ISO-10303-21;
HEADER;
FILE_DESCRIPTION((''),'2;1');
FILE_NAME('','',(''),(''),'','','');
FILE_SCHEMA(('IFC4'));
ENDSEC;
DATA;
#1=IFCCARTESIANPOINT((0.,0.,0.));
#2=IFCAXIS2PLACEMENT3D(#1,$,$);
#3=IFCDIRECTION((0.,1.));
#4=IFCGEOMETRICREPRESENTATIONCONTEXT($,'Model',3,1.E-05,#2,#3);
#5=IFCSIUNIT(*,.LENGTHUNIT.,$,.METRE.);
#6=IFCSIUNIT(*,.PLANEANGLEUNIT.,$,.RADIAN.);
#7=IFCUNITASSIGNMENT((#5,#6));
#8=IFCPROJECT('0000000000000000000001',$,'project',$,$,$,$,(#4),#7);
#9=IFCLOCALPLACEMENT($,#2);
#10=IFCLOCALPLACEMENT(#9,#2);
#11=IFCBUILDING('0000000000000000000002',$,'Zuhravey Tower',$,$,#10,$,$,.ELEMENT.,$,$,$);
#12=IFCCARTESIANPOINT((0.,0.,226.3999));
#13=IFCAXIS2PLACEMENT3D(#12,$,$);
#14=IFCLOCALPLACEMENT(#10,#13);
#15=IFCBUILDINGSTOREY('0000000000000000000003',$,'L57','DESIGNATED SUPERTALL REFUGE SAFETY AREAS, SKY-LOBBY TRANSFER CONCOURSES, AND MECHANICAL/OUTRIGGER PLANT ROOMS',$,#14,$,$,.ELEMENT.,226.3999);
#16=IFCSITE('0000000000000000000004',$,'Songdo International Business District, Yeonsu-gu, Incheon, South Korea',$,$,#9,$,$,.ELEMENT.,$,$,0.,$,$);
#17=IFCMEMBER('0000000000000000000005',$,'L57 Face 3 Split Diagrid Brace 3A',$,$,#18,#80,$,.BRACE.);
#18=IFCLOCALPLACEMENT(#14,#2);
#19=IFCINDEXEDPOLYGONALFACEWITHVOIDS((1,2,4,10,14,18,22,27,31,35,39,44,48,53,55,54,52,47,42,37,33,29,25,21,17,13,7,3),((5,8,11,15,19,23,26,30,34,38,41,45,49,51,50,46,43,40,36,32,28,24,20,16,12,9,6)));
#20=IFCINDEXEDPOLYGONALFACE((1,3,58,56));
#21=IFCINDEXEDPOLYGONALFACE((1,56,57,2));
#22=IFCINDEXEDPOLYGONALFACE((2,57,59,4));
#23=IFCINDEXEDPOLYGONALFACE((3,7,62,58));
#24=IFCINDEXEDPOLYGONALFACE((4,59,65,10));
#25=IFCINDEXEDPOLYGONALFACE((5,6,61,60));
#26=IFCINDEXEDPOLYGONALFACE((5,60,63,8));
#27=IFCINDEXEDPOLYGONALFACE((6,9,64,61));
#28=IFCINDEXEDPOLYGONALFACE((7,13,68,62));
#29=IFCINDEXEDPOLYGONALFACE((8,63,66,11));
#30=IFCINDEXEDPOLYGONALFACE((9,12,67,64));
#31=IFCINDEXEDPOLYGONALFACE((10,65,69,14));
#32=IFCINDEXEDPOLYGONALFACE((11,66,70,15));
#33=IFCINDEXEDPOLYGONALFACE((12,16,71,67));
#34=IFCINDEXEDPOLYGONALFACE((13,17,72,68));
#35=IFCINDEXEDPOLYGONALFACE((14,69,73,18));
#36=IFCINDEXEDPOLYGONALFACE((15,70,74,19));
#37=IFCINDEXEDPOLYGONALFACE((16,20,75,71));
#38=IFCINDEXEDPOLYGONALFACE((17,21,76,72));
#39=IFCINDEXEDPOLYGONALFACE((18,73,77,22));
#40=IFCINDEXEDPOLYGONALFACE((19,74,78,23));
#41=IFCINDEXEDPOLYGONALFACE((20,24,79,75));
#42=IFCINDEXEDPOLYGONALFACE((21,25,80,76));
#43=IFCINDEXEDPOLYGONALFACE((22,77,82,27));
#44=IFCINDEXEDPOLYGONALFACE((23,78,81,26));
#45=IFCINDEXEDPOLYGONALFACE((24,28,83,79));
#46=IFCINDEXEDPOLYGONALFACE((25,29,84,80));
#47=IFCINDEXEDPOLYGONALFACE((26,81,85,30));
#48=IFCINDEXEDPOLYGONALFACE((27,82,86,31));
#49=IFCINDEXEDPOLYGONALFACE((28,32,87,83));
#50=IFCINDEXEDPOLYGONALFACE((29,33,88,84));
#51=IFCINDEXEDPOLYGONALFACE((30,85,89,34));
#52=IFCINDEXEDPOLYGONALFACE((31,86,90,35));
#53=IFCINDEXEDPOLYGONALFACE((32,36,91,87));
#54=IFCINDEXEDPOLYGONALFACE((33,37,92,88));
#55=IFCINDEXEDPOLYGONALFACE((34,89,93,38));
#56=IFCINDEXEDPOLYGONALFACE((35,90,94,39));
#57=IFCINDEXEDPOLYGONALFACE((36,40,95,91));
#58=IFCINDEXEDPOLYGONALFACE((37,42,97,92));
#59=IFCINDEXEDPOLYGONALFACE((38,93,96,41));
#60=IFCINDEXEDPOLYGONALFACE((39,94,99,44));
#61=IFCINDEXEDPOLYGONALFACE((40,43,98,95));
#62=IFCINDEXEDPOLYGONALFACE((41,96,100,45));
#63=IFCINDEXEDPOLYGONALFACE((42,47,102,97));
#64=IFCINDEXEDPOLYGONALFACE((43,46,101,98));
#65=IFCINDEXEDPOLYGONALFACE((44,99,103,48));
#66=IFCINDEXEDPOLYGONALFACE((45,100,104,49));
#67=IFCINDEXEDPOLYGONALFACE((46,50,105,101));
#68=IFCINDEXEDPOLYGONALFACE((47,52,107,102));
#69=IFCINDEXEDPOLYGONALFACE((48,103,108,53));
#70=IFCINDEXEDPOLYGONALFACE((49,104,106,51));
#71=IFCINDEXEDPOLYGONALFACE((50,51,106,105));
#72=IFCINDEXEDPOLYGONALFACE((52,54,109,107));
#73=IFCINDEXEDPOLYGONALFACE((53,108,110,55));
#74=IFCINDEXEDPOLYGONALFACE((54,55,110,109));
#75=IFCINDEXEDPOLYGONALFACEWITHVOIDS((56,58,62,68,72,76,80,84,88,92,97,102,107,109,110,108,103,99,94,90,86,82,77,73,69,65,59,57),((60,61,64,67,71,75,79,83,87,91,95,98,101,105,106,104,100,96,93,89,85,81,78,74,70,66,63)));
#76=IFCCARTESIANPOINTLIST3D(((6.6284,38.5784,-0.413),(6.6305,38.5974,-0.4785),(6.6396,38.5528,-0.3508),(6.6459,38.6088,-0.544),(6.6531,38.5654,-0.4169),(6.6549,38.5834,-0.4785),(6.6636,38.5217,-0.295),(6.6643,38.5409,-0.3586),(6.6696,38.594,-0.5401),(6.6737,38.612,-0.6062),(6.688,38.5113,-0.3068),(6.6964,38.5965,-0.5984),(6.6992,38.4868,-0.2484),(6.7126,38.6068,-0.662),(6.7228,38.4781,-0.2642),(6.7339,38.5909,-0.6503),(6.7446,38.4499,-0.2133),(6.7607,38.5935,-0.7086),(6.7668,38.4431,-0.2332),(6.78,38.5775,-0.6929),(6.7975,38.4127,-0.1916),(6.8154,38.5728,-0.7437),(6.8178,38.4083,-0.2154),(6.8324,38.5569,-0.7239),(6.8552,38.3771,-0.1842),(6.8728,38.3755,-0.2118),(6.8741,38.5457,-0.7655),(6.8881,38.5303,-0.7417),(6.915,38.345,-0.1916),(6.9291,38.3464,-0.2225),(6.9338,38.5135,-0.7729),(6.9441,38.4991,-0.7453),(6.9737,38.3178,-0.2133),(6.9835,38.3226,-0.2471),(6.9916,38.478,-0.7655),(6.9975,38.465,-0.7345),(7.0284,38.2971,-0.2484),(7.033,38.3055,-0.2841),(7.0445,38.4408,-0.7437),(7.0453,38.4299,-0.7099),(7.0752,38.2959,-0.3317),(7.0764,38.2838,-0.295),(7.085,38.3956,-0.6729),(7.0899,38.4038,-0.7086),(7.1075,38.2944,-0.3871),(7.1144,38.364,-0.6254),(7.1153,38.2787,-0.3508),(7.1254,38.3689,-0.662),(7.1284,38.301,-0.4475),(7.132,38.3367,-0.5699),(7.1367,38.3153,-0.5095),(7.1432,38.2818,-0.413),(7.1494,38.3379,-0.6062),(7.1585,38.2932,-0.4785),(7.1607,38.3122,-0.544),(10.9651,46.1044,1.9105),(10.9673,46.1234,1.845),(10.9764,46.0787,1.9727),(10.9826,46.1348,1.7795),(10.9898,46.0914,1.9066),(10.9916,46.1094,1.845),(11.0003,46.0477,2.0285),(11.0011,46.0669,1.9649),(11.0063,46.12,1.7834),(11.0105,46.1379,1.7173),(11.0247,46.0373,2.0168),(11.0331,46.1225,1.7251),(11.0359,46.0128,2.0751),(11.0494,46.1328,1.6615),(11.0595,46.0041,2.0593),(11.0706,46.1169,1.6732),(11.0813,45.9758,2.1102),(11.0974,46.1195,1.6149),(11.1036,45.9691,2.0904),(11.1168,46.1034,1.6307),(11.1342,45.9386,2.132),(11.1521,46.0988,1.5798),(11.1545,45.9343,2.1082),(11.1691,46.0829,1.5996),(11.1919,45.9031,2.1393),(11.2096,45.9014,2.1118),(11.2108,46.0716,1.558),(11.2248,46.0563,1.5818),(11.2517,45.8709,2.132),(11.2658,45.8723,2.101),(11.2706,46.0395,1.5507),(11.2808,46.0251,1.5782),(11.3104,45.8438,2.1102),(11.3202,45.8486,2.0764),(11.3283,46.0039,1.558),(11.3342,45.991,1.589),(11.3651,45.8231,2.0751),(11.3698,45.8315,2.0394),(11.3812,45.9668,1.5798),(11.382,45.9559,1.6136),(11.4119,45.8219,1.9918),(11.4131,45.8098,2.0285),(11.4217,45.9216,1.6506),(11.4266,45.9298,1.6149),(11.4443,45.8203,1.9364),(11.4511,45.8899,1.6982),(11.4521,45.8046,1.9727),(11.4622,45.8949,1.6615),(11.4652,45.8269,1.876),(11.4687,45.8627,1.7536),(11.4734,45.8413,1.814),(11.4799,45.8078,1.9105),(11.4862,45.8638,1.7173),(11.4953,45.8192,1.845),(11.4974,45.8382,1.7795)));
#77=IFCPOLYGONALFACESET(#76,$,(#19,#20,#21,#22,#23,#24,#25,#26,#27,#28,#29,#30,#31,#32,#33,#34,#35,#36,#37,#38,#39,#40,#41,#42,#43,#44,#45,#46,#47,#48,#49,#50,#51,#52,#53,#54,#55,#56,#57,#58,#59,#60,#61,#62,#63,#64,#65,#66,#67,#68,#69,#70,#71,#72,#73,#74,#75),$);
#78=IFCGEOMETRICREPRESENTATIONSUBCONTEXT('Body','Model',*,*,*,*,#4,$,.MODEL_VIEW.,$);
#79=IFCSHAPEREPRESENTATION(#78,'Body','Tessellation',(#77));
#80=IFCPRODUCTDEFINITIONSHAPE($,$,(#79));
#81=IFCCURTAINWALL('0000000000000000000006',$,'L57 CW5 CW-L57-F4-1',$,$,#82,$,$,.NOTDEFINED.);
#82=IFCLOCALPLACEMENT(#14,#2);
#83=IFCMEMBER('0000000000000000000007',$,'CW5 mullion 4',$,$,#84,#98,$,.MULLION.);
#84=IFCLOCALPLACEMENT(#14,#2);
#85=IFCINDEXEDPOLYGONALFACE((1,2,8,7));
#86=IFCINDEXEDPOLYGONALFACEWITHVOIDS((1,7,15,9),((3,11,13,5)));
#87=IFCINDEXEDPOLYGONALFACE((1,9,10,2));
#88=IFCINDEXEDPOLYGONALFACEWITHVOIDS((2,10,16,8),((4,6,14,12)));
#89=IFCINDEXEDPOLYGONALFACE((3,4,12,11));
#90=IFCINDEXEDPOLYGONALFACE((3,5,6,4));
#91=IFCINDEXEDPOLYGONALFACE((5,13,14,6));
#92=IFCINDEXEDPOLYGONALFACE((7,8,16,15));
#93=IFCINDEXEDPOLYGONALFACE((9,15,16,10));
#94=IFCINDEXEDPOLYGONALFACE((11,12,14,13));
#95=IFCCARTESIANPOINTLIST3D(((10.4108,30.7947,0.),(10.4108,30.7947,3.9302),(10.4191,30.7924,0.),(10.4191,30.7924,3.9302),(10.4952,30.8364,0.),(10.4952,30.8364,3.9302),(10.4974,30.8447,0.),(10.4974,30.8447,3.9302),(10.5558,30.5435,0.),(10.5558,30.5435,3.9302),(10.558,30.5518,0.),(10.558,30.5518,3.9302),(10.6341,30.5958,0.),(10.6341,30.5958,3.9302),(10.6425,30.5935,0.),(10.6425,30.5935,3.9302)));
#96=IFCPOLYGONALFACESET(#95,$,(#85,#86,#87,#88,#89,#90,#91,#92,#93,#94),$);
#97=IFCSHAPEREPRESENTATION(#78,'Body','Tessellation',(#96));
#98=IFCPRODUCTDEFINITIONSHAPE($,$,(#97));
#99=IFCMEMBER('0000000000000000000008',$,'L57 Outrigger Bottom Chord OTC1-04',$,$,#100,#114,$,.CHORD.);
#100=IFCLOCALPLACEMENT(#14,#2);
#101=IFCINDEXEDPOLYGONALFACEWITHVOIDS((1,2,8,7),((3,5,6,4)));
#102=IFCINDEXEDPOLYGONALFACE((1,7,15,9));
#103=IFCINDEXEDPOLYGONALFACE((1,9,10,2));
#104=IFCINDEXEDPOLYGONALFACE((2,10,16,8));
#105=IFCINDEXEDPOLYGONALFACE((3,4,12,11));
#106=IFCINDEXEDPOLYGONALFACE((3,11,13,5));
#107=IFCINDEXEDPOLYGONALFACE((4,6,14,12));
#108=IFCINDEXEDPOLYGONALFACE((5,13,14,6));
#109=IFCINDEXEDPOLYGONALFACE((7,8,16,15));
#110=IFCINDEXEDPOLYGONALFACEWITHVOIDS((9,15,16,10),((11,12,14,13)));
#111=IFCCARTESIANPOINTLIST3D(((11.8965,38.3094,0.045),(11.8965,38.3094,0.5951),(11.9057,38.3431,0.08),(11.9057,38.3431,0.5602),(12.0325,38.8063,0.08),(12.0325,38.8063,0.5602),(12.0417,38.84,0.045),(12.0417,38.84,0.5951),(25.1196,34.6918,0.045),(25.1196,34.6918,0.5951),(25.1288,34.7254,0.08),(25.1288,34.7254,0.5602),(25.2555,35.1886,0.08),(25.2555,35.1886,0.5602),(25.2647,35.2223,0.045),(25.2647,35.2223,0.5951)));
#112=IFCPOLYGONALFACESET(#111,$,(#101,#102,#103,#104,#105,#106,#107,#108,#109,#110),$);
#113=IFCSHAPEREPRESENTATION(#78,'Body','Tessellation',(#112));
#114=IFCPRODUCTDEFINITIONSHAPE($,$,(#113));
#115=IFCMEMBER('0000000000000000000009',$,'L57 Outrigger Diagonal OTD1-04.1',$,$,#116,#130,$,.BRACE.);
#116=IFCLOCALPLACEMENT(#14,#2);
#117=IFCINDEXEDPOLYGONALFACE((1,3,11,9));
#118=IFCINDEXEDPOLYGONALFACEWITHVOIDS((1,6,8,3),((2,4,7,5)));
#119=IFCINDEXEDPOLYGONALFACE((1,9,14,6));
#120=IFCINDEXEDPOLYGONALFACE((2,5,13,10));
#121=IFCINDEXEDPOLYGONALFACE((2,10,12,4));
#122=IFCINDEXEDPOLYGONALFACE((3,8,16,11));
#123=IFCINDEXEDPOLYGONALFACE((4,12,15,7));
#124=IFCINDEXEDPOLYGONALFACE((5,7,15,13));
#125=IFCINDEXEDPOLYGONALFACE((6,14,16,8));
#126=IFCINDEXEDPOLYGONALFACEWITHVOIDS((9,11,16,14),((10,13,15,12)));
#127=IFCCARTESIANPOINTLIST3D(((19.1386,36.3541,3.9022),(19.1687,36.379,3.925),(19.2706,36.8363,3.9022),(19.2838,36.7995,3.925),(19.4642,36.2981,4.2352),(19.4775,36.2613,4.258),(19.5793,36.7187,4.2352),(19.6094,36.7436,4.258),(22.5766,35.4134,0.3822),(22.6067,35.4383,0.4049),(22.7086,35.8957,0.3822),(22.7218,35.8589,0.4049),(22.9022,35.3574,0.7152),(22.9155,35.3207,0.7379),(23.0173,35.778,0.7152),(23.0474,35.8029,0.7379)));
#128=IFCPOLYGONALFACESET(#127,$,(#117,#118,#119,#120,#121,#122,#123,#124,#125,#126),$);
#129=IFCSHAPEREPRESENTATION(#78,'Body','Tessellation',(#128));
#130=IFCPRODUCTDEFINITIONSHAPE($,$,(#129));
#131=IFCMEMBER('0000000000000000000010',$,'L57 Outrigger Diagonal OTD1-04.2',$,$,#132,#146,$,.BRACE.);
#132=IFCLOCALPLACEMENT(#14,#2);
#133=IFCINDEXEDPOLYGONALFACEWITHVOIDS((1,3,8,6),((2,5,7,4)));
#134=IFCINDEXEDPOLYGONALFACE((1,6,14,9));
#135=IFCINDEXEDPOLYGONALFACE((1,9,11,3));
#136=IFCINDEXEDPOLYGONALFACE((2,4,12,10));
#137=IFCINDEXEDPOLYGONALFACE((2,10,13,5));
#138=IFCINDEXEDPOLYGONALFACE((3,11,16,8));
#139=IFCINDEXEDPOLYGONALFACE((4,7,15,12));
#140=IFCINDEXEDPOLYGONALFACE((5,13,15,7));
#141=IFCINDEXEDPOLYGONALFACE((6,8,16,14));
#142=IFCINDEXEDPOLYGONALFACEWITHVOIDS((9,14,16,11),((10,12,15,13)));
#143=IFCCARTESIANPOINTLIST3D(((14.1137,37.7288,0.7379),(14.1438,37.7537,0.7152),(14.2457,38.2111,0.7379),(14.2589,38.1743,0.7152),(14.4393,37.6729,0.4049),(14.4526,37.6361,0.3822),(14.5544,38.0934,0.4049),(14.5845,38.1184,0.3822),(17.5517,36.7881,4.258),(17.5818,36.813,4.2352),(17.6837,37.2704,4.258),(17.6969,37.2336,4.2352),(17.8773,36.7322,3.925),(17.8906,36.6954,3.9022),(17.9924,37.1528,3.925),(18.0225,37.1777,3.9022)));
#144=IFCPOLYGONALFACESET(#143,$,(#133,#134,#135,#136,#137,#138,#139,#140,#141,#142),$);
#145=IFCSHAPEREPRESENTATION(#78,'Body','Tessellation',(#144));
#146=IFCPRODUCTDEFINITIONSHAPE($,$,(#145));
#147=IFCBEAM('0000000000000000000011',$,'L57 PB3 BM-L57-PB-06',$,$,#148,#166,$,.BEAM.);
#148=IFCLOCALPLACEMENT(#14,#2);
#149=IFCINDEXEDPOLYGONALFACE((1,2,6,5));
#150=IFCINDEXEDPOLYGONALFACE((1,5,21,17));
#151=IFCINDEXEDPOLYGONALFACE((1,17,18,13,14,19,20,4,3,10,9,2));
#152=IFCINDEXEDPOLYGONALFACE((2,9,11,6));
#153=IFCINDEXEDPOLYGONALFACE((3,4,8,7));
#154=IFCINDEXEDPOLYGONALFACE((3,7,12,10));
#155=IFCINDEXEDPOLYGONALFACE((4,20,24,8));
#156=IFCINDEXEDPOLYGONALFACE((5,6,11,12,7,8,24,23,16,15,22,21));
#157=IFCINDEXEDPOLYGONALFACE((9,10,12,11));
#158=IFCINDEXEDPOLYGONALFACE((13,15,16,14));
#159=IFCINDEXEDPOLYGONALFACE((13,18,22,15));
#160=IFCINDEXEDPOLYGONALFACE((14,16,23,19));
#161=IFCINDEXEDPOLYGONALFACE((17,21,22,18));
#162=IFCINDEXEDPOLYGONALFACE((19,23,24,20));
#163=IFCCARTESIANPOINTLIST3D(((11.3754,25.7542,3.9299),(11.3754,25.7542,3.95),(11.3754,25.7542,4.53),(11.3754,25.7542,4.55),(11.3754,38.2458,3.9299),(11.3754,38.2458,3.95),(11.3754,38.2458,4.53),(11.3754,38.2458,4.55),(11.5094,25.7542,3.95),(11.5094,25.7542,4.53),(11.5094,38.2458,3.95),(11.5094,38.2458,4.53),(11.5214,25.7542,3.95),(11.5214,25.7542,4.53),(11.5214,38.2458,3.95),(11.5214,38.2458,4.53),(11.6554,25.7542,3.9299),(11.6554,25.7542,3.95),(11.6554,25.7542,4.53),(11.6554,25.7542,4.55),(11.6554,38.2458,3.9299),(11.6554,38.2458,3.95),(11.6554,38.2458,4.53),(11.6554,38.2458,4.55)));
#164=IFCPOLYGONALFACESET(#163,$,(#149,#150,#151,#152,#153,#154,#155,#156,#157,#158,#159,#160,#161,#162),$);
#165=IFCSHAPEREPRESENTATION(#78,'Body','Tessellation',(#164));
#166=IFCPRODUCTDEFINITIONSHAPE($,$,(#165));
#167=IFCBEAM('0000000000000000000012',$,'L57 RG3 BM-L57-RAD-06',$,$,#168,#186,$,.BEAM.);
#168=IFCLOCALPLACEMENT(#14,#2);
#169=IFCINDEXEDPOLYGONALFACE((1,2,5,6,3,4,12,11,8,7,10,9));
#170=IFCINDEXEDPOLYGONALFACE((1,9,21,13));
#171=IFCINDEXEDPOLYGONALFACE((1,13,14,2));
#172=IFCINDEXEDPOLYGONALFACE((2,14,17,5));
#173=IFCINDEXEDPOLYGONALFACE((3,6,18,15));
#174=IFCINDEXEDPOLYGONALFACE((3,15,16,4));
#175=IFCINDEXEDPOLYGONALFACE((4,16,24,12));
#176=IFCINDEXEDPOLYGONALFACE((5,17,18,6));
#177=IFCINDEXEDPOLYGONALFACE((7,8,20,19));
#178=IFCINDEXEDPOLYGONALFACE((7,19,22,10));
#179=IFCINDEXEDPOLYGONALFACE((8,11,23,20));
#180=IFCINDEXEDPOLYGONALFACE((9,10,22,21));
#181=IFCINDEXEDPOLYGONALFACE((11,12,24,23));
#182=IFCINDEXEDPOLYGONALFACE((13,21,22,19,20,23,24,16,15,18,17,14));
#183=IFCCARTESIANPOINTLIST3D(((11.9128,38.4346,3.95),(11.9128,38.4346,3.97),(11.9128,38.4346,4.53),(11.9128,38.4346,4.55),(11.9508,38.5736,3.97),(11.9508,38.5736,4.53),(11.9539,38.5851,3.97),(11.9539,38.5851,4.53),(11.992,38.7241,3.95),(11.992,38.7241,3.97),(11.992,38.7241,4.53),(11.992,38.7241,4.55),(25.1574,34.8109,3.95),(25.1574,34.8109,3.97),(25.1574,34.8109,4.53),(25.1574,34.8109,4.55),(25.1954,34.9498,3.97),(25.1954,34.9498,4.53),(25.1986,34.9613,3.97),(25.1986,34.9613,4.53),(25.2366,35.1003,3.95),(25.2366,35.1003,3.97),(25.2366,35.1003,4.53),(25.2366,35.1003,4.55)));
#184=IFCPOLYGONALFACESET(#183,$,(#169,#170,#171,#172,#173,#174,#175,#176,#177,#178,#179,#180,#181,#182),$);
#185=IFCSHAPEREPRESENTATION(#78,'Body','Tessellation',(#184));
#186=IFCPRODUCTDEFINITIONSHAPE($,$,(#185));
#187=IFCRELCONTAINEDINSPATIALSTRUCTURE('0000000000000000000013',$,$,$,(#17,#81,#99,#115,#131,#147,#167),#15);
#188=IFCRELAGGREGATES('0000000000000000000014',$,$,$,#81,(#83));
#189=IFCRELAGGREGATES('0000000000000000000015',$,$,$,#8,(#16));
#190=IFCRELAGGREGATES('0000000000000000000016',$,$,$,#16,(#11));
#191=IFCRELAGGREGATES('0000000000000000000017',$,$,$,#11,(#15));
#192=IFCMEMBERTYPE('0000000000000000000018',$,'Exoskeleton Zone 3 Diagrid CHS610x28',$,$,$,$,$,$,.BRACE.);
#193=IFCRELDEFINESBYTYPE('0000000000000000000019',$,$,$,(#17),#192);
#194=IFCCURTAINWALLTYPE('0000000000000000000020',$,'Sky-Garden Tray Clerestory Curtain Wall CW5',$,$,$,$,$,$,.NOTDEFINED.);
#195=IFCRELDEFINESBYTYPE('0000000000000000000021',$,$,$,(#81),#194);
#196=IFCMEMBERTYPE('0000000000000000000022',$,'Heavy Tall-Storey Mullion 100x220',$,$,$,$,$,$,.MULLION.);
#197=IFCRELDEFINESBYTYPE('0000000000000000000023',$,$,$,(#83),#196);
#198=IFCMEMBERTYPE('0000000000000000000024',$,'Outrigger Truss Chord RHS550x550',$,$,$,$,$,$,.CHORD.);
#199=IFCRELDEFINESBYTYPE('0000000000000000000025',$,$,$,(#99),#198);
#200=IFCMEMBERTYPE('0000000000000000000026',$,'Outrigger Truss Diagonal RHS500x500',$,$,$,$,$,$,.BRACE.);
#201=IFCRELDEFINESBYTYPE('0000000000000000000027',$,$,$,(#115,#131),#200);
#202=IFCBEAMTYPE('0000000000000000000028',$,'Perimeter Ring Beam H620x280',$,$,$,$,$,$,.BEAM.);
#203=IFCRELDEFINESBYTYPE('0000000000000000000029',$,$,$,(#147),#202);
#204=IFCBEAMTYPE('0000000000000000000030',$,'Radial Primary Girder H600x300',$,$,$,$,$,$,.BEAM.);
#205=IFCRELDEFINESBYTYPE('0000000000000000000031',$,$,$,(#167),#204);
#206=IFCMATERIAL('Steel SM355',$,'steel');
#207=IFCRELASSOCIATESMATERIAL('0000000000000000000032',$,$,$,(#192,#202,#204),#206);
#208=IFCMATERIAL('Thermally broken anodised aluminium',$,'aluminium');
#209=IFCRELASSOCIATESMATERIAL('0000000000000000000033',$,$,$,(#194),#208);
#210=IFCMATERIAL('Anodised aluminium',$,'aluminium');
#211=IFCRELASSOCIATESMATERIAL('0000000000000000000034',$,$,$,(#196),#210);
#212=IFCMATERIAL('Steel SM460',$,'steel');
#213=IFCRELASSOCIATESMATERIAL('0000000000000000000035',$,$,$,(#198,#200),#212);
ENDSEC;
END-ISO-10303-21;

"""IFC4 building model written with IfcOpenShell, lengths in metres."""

from ifc_helpers import new_model, si_unit, direction, frame, origin, origin_2d, place, context, subcontext, project, spatial, hollow_rectangle, hollow_circle, i_section, extrude, material, material_profile, profile_set, type_object, element, aggregate, save


model = new_model("IFC4")

# Units and contexts
model_context = context("Model", 3, precision=1e-05, world=origin(), true_north=direction((0.0, 1.0)))
body_context = subcontext(model_context, "Body", "Model", "MODEL_VIEW")
ifc_project = project(units=[si_unit("LENGTHUNIT", "METRE"), si_unit("PLANEANGLEUNIT", "RADIAN")], contexts=[model_context])

# Site, building, storey
site_placement = place(None, origin())
site = spatial("IfcSite", under=ifc_project, at=site_placement, Name="Songdo International Business District, Yeonsu-gu, Incheon, South Korea", CompositionType="ELEMENT", RefElevation=0.0)
building_placement = place(site_placement, origin())
building = spatial("IfcBuilding", under=site, at=building_placement, Name="Zuhravey Tower", CompositionType="ELEMENT")
storey_placement = place(building_placement, frame((0.0, 0.0, 226.3999)))
storey = spatial("IfcBuildingStorey", under=building, at=storey_placement, Name="L57", Description="DESIGNATED SUPERTALL REFUGE SAFETY AREAS, SKY-LOBBY TRANSFER CONCOURSES, AND MECHANICAL/OUTRIGGER PLANT ROOMS", CompositionType="ELEMENT", Elevation=226.3999)

# Shared definitions
ifc_material_1 = material(Name="Steel SM355", Category="steel")

# Shared definitions
ifc_material_2 = material(Name="Steel SM460", Category="steel")

# Member
ifc_material_profile_1 = material_profile(ifc_material_1, hollow_circle(Radius=0.3047, WallThickness=0.0281, at=origin_2d()), Name="CHS-609.6x28")
ifc_profile_set_1 = profile_set([ifc_material_profile_1], Name="Steel SM355")
member_type_1 = type_object("IfcMemberType", Name="Exoskeleton Zone 3 Diagrid CHS610x28", PredefinedType="BRACE", material=ifc_profile_set_1)
member_1_placement = place(storey_placement, frame((6.8945, 38.4453, -0.4785), z_axis=(0.482316, 0.837014, 0.258414), x_axis=(-0.866444, 0.499275, 0.0)))
element("IfcMember", 1, at=member_1_placement, inside=storey, type_object=member_type_1, Name="L57 Face 3 Split Diagrid Brace 3A", PredefinedType="BRACE", context=body_context, shape_type="SweptSolid", body=[
    extrude(hollow_circle(Radius=0.3047, WallThickness=0.0281, at=origin_2d()), origin(), (0.0, 0.0, 1.0), 8.9915),
])

# Curtain wall, member
ifc_material_3 = material(Name="Thermally broken anodised aluminium", Category="aluminium")
curtain_wall_type = type_object("IfcCurtainWallType", Name="Sky-Garden Tray Clerestory Curtain Wall CW5", PredefinedType="NOTDEFINED", material=ifc_material_3)
curtain_wall_placement = place(storey_placement, origin())
curtain_wall = element("IfcCurtainWall", 2, at=curtain_wall_placement, inside=storey, type_object=curtain_wall_type, Name="L57 CW5 CW-L57-F4-1", PredefinedType="NOTDEFINED")
ifc_material_4 = material(Name="Anodised aluminium", Category="aluminium")
ifc_material_profile_2 = material_profile(ifc_material_4, hollow_rectangle(XDim=0.1001, YDim=0.29, WallThickness=0.0061, at=origin_2d()), Name="ALU-RHS-100x290x6")
ifc_profile_set_2 = profile_set([ifc_material_profile_2], Name="Anodised aluminium")
member_type_2 = type_object("IfcMemberType", Name="Heavy Tall-Storey Mullion 100x220", PredefinedType="MULLION", material=ifc_profile_set_2)
member_2_placement = place(storey_placement, frame((10.5266, 30.6941, 0.0), z_axis=(0.0, 0.0, 1.0), x_axis=(-0.866025, -0.5, 0.0)))
member_2 = element("IfcMember", 3, at=member_2_placement, type_object=member_type_2, Name="CW5 mullion 4", PredefinedType="MULLION", context=body_context, shape_type="SweptSolid", body=[
    extrude(hollow_rectangle(XDim=0.1001, YDim=0.29, WallThickness=0.0061, at=origin_2d()), origin(), (0.0, 0.0, 1.0), 3.9302),
])
aggregate(curtain_wall, [member_2])

# Members
ifc_material_profile_3 = material_profile(ifc_material_2, hollow_rectangle(XDim=0.55, YDim=0.55, WallThickness=0.0349, at=origin_2d()), Name="RHS-550x550x35")
ifc_profile_set_3 = profile_set([ifc_material_profile_3], Name="Steel SM460")
member_type_3 = type_object("IfcMemberType", Name="Outrigger Truss Chord RHS550x550", PredefinedType="CHORD", material=ifc_profile_set_3)
member_3_placement = place(storey_placement, frame((25.1921, 34.957, 0.3201), z_axis=(-0.964553, 0.263889, 0.0), x_axis=(-0.263889, -0.964553, 0.0)))
element("IfcMember", 4, at=member_3_placement, inside=storey, type_object=member_type_3, Name="L57 Outrigger Bottom Chord OTC1-04", PredefinedType="CHORD", context=body_context, shape_type="SweptSolid", body=[
    extrude(hollow_rectangle(XDim=0.55, YDim=0.55, WallThickness=0.0349, at=origin_2d()), origin(), (0.0, 0.0, 1.0), 13.709),
])
ifc_material_profile_4 = material_profile(ifc_material_2, hollow_rectangle(XDim=0.5, YDim=0.5, WallThickness=0.032, at=origin_2d()), Name="RHS-500x500x32")
ifc_profile_set_4 = profile_set([ifc_material_profile_4], Name="Steel SM460")
member_type_4 = type_object("IfcMemberType", Name="Outrigger Truss Diagonal RHS500x500", PredefinedType="BRACE", material=ifc_profile_set_4)
for number, where, z_axis, x_axis, name in (
    (5, (22.812, 35.6082, 0.5601), (-0.686293, 0.187778, 0.702668), (-0.263911, -0.964547, 0.0), "L57 Outrigger Diagonal OTD1-04.1"),
    (6, (14.3491, 37.9236, 0.5601), (0.686293, -0.187778, 0.702668), (0.263911, 0.964547, 0.0), "L57 Outrigger Diagonal OTD1-04.2"),
):
    element("IfcMember", number, at=place(storey_placement, frame(where, z_axis=z_axis, x_axis=x_axis)), inside=storey, type_object=member_type_4, Name=name, PredefinedType="BRACE", context=body_context, shape_type="SweptSolid", body=[
        extrude(hollow_rectangle(XDim=0.5, YDim=0.5, WallThickness=0.032, at=origin_2d()), origin(), (0.0, 0.0, 1.0), 5.0095),
    ])

# Beams
ifc_material_profile_5 = material_profile(ifc_material_1, i_section(OverallWidth=0.28, OverallDepth=0.6201, WebThickness=0.012, FlangeThickness=0.02, at=origin_2d()), Name="H-620x280x12x20")
ifc_profile_set_5 = profile_set([ifc_material_profile_5], Name="Steel SM355")
beam_type_1 = type_object("IfcBeamType", Name="Perimeter Ring Beam H620x280", PredefinedType="BEAM", material=ifc_profile_set_5)
beam_1_placement = place(storey_placement, frame((11.5154, 38.2458, 4.24), z_axis=(0.0, -1.0, 0.0), x_axis=(1.0, 0.0, 0.0)))
element("IfcBeam", 7, at=beam_1_placement, inside=storey, type_object=beam_type_1, Name="L57 PB3 BM-L57-PB-06", PredefinedType="BEAM", context=body_context, shape_type="SweptSolid", body=[
    extrude(i_section(OverallWidth=0.28, OverallDepth=0.6201, WebThickness=0.012, FlangeThickness=0.02, at=origin_2d()), origin(), (0.0, 0.0, 1.0), 12.4917),
])
ifc_material_profile_6 = material_profile(ifc_material_1, i_section(OverallWidth=0.3, OverallDepth=0.6001, WebThickness=0.012, FlangeThickness=0.02, at=origin_2d()), Name="H-600x300x12x20")
ifc_profile_set_6 = profile_set([ifc_material_profile_6], Name="Steel SM355")
beam_type_2 = type_object("IfcBeamType", Name="Radial Primary Girder H600x300", PredefinedType="BEAM", material=ifc_profile_set_6)
beam_2_placement = place(storey_placement, frame((25.197, 34.9556, 4.25), z_axis=(-0.964549, 0.263904, 0.0), x_axis=(-0.263904, -0.964549, 0.0)))
element("IfcBeam", 8, at=beam_2_placement, inside=storey, type_object=beam_type_2, Name="L57 RG3 BM-L57-RAD-06", PredefinedType="BEAM", context=body_context, shape_type="SweptSolid", body=[
    extrude(i_section(OverallWidth=0.3, OverallDepth=0.6001, WebThickness=0.012, FlangeThickness=0.02, at=origin_2d()), origin(), (0.0, 0.0, 1.0), 13.7314),
])

save(model, "model.ifc")
